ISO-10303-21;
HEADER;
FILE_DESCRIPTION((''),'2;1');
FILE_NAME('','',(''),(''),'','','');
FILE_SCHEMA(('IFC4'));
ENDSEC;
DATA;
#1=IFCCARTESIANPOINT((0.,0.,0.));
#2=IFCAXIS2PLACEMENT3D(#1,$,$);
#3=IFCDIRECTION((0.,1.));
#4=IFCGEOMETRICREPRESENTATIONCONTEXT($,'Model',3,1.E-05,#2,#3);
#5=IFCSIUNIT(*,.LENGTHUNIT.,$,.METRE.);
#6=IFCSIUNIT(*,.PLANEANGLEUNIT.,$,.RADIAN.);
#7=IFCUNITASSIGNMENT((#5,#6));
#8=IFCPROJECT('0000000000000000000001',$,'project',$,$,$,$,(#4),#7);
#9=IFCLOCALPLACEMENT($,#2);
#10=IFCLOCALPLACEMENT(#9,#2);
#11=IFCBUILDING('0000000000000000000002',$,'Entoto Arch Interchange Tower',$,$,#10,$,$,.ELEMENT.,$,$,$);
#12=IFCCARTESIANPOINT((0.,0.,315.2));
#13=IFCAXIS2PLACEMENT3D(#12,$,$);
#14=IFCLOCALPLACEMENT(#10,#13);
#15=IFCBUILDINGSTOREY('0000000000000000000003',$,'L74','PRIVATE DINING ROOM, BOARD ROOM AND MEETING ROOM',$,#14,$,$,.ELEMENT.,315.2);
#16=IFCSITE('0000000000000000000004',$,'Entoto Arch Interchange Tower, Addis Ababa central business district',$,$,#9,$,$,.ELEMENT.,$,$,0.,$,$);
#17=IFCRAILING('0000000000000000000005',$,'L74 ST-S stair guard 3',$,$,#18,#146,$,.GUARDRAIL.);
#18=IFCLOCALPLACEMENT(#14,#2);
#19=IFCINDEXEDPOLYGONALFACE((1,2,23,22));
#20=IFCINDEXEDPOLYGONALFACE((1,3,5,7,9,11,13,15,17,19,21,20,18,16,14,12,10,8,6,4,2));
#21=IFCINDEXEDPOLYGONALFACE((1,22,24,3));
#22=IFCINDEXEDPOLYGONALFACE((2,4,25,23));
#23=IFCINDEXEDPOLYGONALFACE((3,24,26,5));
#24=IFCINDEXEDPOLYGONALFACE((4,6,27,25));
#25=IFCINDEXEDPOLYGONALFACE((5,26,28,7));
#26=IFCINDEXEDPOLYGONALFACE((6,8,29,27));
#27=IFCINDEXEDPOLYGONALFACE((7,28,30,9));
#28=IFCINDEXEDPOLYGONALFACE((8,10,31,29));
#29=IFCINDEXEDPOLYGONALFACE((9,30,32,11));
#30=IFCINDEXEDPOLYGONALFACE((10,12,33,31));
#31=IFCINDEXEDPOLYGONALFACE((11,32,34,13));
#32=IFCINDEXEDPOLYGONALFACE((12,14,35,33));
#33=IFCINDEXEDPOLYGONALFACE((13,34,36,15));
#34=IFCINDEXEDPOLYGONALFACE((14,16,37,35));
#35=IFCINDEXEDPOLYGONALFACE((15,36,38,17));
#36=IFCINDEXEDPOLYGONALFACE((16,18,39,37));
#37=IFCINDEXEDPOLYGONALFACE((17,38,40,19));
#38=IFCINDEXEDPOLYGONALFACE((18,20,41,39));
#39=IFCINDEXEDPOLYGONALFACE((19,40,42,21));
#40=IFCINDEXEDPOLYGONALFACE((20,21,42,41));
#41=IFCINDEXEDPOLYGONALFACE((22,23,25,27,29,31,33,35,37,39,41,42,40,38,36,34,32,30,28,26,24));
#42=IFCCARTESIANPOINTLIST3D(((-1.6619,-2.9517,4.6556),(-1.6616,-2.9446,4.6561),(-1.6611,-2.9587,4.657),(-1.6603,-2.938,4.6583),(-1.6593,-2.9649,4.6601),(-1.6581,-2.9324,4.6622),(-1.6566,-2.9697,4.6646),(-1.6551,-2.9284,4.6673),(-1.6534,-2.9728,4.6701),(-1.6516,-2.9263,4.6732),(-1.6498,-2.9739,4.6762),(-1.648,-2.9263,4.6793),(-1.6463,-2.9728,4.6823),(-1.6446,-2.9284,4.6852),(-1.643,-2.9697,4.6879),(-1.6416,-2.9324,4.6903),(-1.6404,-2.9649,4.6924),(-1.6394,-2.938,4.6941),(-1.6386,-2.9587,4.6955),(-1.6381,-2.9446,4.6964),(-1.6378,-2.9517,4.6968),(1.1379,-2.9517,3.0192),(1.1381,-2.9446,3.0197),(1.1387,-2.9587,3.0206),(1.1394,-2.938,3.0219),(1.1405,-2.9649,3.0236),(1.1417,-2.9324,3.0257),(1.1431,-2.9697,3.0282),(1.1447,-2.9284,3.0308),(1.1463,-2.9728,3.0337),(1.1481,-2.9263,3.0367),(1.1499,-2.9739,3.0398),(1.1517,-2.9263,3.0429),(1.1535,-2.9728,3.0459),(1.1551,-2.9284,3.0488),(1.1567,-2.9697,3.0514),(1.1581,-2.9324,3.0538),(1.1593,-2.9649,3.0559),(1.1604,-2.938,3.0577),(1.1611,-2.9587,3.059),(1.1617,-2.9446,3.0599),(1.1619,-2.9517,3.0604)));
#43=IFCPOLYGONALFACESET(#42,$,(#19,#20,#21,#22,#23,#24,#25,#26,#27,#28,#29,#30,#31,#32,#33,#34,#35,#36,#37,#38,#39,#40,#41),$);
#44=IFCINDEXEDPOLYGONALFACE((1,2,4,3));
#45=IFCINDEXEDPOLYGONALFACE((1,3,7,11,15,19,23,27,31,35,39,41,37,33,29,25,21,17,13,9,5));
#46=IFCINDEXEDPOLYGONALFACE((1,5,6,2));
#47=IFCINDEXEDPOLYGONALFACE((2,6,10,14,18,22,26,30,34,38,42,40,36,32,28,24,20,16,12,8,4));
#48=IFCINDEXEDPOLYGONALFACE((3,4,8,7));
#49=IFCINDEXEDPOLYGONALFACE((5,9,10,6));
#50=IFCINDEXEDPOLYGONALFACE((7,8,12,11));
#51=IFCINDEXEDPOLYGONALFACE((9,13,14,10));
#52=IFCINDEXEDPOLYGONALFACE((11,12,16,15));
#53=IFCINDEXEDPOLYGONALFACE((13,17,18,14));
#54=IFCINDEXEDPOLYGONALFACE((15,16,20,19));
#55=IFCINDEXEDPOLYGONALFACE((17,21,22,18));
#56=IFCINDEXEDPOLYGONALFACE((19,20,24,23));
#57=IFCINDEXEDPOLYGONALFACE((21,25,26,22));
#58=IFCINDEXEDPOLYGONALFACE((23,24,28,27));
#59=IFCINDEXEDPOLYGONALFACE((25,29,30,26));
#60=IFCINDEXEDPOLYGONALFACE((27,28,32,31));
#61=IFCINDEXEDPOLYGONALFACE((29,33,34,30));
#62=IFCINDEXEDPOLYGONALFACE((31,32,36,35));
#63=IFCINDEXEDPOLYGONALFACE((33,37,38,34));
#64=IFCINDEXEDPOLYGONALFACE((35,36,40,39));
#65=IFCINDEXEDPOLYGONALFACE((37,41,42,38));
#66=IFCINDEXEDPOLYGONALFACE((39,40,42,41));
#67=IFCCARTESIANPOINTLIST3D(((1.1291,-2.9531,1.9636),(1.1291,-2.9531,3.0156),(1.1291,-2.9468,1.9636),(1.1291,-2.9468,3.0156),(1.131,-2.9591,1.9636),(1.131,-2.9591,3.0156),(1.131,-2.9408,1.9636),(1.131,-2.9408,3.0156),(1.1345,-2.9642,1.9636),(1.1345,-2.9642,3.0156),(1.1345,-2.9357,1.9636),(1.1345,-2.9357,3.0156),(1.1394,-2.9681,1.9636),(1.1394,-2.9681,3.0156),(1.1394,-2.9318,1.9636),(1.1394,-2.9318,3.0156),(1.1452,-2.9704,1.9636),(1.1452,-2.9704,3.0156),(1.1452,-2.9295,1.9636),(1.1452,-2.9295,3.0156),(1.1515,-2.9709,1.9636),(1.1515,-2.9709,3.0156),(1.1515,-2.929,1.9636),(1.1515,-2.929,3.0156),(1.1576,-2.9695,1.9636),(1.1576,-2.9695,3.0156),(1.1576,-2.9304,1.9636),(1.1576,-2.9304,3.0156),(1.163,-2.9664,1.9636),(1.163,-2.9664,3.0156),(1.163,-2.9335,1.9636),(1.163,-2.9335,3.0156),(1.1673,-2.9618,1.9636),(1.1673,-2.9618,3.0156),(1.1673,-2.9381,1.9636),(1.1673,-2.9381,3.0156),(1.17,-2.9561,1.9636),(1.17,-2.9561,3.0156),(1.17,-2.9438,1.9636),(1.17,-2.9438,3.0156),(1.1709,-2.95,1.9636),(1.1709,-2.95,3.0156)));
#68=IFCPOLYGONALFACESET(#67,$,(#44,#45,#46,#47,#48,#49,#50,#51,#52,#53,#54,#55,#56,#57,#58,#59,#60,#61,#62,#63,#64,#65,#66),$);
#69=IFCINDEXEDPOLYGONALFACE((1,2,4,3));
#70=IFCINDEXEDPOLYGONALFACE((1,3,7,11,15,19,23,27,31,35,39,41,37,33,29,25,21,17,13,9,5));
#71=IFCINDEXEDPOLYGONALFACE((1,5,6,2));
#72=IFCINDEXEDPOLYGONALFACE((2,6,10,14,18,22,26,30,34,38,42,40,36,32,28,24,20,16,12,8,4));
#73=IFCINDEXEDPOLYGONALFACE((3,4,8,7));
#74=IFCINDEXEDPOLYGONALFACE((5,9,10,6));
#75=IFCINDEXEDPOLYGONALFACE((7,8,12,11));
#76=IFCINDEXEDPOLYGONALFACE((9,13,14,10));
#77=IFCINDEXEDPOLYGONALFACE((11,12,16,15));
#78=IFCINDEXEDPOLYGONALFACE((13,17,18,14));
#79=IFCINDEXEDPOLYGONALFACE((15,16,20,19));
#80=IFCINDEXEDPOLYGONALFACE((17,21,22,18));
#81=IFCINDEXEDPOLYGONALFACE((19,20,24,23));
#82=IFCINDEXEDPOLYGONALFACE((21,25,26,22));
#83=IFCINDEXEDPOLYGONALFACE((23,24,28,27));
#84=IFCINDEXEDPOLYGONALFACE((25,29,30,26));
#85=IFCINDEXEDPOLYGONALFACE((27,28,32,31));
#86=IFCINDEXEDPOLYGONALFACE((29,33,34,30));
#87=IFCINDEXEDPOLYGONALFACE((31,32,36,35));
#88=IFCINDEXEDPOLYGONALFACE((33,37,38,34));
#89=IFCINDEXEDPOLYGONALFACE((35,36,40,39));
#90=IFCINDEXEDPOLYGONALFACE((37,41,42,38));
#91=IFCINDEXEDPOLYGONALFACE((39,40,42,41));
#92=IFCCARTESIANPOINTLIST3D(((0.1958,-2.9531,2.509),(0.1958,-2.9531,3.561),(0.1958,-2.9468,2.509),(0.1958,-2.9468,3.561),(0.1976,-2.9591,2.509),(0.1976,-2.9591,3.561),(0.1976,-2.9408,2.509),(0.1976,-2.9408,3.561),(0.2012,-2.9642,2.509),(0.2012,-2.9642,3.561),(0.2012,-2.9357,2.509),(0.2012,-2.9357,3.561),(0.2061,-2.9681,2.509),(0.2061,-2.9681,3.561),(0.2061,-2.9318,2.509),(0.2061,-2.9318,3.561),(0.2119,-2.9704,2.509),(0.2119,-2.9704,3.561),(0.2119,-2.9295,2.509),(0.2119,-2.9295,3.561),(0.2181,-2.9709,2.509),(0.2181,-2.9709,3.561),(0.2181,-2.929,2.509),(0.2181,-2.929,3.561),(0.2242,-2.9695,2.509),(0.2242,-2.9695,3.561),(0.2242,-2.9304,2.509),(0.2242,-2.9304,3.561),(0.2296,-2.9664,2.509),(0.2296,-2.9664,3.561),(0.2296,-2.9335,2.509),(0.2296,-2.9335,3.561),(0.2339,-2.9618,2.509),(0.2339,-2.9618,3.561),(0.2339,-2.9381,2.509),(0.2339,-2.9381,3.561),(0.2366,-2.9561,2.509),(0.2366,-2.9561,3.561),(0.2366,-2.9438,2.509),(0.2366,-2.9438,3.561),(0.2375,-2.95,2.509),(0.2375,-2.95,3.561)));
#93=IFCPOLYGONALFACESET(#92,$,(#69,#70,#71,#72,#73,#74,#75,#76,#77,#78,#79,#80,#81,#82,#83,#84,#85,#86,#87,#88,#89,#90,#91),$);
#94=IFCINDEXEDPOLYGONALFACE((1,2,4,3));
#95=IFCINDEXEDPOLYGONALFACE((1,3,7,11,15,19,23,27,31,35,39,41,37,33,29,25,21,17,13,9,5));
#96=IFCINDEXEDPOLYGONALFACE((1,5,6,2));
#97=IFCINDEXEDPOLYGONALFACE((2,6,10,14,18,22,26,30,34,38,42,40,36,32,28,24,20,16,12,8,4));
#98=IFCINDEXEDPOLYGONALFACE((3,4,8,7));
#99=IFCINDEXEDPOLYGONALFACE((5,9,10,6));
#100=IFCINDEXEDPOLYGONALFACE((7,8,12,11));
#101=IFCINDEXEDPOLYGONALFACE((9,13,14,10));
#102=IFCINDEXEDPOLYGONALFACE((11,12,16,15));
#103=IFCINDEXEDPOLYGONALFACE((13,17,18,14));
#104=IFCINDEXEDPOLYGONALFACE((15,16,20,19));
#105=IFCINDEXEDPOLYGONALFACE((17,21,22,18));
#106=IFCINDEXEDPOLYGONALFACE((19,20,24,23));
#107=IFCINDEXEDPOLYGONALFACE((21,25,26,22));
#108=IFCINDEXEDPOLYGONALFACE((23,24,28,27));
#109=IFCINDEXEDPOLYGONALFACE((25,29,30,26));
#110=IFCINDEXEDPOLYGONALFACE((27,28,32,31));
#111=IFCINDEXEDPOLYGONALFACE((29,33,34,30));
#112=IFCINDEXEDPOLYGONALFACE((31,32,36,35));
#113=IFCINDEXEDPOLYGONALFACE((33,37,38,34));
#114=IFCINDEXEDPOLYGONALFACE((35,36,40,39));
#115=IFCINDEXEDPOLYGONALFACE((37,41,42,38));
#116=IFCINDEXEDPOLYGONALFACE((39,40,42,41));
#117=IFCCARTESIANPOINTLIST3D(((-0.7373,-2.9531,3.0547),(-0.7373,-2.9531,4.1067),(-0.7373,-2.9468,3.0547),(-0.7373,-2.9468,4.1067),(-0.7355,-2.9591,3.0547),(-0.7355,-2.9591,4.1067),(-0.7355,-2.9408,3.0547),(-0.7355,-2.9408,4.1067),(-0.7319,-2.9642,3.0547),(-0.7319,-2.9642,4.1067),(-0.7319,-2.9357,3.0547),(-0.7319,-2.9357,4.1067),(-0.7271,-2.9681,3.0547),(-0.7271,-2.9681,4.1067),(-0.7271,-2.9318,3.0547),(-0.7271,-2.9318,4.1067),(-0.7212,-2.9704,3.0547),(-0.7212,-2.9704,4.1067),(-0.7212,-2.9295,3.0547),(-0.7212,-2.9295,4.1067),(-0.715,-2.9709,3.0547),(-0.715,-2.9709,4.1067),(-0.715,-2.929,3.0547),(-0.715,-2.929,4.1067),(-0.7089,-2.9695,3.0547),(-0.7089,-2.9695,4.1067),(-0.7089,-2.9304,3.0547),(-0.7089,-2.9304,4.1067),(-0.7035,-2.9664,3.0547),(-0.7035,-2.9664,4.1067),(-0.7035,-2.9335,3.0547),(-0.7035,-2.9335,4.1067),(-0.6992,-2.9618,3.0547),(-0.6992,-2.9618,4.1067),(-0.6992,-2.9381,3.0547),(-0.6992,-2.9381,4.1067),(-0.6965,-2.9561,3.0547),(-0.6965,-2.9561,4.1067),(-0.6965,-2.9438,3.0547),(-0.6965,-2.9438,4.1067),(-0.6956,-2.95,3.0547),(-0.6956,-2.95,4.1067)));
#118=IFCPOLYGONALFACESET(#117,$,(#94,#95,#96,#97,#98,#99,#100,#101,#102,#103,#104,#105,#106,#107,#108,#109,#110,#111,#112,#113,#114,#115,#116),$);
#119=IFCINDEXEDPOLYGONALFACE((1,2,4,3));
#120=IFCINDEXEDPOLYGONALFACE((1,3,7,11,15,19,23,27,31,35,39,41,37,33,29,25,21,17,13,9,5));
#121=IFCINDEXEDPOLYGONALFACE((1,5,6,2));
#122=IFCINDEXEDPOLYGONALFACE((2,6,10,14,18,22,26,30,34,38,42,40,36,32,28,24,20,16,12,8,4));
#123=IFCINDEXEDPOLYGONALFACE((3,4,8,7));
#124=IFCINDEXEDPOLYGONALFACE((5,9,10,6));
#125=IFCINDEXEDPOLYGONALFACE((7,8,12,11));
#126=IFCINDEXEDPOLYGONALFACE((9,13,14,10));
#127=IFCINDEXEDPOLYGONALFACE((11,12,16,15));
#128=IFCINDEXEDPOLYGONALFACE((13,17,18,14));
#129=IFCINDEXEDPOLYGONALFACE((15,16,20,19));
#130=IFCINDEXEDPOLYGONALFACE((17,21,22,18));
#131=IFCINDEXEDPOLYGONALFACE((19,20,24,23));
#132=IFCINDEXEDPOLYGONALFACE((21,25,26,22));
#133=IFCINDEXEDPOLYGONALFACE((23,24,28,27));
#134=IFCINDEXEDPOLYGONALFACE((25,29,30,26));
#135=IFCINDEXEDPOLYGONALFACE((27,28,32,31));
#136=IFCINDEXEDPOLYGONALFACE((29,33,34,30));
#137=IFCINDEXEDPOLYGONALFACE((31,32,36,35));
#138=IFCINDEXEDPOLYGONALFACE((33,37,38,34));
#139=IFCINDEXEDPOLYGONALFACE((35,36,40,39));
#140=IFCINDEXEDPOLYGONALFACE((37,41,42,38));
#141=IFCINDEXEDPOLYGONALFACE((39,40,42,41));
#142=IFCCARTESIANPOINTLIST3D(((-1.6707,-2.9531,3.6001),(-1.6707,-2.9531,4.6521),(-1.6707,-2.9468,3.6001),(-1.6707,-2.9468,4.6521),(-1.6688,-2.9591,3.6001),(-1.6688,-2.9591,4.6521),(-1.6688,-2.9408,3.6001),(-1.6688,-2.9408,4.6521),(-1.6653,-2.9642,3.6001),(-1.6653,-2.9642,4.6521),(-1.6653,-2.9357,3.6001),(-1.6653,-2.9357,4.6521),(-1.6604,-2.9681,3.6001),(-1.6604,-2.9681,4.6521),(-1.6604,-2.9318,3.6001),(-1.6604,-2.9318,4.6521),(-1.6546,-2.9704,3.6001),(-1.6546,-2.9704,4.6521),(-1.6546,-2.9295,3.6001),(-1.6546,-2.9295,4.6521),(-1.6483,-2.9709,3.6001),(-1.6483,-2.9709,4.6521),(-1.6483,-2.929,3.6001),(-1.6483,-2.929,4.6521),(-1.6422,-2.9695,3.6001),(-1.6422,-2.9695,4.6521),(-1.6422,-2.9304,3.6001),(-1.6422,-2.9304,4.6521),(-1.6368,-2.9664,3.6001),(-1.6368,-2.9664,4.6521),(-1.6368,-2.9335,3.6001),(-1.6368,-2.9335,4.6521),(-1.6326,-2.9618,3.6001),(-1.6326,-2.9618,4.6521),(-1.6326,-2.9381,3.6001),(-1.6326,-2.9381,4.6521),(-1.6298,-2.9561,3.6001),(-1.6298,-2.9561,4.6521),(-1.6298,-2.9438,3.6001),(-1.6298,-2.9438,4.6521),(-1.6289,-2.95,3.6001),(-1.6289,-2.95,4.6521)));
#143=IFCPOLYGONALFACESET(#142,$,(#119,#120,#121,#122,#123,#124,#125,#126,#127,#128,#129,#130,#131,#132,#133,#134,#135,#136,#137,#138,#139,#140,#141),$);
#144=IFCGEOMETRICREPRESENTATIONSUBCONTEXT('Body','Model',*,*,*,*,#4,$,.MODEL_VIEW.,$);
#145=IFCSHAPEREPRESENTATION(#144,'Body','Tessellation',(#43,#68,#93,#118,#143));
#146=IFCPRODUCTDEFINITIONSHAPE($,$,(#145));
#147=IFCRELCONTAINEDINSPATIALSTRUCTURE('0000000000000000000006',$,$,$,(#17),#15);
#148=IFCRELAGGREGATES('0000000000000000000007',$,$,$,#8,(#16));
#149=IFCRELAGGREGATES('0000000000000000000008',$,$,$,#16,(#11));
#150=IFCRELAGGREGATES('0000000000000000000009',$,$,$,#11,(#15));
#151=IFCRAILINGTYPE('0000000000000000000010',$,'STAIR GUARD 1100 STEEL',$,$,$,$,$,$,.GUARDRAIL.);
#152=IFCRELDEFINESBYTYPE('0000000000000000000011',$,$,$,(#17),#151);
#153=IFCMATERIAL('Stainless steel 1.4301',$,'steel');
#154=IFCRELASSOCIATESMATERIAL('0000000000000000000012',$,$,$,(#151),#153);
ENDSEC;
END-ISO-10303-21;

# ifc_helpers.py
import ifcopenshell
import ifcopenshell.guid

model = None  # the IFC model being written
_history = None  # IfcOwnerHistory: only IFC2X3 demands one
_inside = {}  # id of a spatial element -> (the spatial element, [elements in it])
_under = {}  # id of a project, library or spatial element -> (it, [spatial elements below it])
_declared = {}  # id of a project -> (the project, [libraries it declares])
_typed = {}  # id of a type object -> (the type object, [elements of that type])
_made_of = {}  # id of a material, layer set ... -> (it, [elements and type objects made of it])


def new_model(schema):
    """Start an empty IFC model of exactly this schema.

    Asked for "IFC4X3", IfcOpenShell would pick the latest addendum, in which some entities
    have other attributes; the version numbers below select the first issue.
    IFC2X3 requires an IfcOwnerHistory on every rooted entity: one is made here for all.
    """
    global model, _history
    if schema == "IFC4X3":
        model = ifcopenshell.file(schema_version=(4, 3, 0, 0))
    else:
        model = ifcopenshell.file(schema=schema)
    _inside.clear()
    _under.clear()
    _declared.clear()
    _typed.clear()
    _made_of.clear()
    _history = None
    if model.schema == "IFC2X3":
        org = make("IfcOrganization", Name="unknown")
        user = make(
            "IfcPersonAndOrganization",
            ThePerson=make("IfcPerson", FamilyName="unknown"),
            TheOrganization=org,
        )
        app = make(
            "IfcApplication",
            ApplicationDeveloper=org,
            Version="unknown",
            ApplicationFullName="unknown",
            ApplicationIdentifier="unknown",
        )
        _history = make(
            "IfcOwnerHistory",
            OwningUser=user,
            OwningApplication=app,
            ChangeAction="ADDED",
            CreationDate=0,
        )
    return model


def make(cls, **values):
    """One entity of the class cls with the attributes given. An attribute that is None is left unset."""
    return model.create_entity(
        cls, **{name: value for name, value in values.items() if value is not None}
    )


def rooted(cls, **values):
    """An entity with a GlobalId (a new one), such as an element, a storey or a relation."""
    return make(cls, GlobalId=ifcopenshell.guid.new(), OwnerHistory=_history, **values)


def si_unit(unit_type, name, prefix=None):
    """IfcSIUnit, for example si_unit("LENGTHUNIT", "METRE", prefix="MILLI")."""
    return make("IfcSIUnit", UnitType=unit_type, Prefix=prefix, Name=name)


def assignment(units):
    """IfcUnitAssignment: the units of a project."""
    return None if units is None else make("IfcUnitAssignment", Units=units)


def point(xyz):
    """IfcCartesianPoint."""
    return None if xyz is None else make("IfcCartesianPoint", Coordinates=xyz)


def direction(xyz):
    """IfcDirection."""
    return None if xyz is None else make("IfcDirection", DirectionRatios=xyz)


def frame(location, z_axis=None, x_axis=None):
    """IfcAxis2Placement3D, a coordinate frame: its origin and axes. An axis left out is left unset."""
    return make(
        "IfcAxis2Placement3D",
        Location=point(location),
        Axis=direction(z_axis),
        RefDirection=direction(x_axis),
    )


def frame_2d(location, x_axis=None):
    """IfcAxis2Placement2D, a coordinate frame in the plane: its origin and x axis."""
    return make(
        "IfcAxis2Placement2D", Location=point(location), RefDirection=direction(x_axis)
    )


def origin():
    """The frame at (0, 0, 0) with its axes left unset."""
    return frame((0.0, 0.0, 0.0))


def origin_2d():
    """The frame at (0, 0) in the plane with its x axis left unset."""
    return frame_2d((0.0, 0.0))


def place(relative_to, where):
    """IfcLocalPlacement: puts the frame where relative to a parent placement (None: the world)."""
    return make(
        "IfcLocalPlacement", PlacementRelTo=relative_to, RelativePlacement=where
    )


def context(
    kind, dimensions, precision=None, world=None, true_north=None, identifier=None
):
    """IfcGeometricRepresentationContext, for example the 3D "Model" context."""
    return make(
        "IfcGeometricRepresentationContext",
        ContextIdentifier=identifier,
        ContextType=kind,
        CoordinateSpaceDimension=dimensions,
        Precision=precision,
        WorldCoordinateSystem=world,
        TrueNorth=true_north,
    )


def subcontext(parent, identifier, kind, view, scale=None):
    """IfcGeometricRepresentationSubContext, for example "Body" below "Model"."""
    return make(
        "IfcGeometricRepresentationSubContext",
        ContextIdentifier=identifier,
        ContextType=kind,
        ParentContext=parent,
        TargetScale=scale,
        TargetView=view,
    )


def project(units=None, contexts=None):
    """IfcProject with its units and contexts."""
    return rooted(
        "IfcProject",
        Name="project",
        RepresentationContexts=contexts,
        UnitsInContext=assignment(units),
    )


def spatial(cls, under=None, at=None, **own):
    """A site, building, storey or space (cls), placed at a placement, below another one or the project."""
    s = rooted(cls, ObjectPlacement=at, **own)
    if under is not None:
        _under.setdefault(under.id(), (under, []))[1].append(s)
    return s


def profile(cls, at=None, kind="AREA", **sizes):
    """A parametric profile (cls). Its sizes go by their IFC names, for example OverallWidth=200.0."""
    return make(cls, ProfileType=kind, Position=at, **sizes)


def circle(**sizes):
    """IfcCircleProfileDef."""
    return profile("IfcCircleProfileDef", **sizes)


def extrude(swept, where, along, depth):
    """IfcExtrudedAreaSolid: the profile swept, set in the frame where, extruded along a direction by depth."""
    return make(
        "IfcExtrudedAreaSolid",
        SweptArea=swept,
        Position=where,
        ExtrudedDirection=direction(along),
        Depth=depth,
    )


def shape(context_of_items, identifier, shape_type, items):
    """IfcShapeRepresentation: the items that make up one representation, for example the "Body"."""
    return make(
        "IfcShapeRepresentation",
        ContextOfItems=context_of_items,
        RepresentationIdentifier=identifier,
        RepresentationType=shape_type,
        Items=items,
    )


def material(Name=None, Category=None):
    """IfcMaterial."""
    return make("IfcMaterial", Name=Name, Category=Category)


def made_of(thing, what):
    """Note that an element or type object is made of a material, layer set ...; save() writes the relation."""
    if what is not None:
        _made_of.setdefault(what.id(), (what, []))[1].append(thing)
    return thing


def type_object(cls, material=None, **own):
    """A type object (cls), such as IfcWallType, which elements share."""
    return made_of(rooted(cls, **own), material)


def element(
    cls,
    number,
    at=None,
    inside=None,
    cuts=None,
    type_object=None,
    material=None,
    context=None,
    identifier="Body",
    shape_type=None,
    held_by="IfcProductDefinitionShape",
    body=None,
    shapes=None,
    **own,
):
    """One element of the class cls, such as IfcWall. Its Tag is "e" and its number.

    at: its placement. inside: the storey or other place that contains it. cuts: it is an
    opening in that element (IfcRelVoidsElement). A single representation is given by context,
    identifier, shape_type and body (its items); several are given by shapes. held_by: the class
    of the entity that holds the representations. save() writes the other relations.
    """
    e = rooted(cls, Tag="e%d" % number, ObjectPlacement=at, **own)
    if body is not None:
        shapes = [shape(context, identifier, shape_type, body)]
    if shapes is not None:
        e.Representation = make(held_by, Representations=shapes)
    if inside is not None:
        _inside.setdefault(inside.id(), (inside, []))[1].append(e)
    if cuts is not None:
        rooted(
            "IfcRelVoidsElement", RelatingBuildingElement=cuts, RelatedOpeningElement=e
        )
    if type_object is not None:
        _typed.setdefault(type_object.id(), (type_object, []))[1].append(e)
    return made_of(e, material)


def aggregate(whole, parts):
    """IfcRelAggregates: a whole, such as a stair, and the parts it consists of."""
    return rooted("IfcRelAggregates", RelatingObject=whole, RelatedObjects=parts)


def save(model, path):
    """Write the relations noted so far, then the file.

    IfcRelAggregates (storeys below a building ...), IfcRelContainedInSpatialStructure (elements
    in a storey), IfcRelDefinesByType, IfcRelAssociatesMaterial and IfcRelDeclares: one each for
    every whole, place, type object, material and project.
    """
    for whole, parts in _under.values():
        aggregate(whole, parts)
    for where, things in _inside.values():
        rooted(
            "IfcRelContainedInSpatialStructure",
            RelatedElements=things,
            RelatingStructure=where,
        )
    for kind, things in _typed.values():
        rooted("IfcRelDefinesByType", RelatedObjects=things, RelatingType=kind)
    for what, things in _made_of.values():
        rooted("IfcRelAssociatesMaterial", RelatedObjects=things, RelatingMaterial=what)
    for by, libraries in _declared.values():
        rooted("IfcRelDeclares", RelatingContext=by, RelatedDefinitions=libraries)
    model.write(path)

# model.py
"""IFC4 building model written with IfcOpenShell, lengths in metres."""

from ifc_helpers import new_model, si_unit, direction, frame, origin, origin_2d, place, context, subcontext, project, spatial, circle, extrude, material, type_object, element, save


model = new_model("IFC4")

# Units and contexts
model_context = context("Model", 3, precision=1e-05, world=origin(), true_north=direction((0.0, 1.0)))
body_context = subcontext(model_context, "Body", "Model", "MODEL_VIEW")
ifc_project = project(units=[si_unit("LENGTHUNIT", "METRE"), si_unit("PLANEANGLEUNIT", "RADIAN")], contexts=[model_context])

# Site, building, storey
site_placement = place(None, origin())
site = spatial("IfcSite", under=ifc_project, at=site_placement, Name="Entoto Arch Interchange Tower, Addis Ababa central business district", CompositionType="ELEMENT", RefElevation=0.0)
building_placement = place(site_placement, origin())
building = spatial("IfcBuilding", under=site, at=building_placement, Name="Entoto Arch Interchange Tower", CompositionType="ELEMENT")
storey_placement = place(building_placement, frame((0.0, 0.0, 315.2)))
storey = spatial("IfcBuildingStorey", under=building, at=storey_placement, Name="L74", Description="PRIVATE DINING ROOM, BOARD ROOM AND MEETING ROOM", CompositionType="ELEMENT", Elevation=315.2)

# Railing
ifc_material_1 = material(Name="Stainless steel 1.4301", Category="steel")
railing_type_1 = type_object("IfcRailingType", Name="STAIR GUARD 1100 STEEL", PredefinedType="GUARDRAIL", material=ifc_material_1)
railing_1_placement = place(storey_placement, frame((1.1499, -2.95, 1.9636)))
element("IfcRailing", 1, at=railing_1_placement, inside=storey, type_object=railing_type_1, Name="L74 ST-S stair guard 3", PredefinedType="GUARDRAIL", context=body_context, shape_type="SweptSolid", body=[
    extrude(circle(Radius=0.0239, at=origin_2d()), frame((0.0, 0.0, 1.0762), z_axis=(-0.863342, 0.0, 0.50462), x_axis=(0.0, -1.0, 0.0)), (0.0, 0.0, 1.0), 3.2429),
    extrude(circle(Radius=0.021, at=origin_2d()), origin(), (0.0, 0.0, 1.0), 1.052),
    extrude(circle(Radius=0.021, at=origin_2d()), frame((-0.9333, 0.0, 0.5454)), (0.0, 0.0, 1.0), 1.052),
    extrude(circle(Radius=0.021, at=origin_2d()), frame((-1.8665, 0.0, 1.0911)), (0.0, 0.0, 1.0), 1.052),
    extrude(circle(Radius=0.021, at=origin_2d()), frame((-2.7998, 0.0, 1.6365)), (0.0, 0.0, 1.0), 1.052),
])

save(model, "model.ifc")
